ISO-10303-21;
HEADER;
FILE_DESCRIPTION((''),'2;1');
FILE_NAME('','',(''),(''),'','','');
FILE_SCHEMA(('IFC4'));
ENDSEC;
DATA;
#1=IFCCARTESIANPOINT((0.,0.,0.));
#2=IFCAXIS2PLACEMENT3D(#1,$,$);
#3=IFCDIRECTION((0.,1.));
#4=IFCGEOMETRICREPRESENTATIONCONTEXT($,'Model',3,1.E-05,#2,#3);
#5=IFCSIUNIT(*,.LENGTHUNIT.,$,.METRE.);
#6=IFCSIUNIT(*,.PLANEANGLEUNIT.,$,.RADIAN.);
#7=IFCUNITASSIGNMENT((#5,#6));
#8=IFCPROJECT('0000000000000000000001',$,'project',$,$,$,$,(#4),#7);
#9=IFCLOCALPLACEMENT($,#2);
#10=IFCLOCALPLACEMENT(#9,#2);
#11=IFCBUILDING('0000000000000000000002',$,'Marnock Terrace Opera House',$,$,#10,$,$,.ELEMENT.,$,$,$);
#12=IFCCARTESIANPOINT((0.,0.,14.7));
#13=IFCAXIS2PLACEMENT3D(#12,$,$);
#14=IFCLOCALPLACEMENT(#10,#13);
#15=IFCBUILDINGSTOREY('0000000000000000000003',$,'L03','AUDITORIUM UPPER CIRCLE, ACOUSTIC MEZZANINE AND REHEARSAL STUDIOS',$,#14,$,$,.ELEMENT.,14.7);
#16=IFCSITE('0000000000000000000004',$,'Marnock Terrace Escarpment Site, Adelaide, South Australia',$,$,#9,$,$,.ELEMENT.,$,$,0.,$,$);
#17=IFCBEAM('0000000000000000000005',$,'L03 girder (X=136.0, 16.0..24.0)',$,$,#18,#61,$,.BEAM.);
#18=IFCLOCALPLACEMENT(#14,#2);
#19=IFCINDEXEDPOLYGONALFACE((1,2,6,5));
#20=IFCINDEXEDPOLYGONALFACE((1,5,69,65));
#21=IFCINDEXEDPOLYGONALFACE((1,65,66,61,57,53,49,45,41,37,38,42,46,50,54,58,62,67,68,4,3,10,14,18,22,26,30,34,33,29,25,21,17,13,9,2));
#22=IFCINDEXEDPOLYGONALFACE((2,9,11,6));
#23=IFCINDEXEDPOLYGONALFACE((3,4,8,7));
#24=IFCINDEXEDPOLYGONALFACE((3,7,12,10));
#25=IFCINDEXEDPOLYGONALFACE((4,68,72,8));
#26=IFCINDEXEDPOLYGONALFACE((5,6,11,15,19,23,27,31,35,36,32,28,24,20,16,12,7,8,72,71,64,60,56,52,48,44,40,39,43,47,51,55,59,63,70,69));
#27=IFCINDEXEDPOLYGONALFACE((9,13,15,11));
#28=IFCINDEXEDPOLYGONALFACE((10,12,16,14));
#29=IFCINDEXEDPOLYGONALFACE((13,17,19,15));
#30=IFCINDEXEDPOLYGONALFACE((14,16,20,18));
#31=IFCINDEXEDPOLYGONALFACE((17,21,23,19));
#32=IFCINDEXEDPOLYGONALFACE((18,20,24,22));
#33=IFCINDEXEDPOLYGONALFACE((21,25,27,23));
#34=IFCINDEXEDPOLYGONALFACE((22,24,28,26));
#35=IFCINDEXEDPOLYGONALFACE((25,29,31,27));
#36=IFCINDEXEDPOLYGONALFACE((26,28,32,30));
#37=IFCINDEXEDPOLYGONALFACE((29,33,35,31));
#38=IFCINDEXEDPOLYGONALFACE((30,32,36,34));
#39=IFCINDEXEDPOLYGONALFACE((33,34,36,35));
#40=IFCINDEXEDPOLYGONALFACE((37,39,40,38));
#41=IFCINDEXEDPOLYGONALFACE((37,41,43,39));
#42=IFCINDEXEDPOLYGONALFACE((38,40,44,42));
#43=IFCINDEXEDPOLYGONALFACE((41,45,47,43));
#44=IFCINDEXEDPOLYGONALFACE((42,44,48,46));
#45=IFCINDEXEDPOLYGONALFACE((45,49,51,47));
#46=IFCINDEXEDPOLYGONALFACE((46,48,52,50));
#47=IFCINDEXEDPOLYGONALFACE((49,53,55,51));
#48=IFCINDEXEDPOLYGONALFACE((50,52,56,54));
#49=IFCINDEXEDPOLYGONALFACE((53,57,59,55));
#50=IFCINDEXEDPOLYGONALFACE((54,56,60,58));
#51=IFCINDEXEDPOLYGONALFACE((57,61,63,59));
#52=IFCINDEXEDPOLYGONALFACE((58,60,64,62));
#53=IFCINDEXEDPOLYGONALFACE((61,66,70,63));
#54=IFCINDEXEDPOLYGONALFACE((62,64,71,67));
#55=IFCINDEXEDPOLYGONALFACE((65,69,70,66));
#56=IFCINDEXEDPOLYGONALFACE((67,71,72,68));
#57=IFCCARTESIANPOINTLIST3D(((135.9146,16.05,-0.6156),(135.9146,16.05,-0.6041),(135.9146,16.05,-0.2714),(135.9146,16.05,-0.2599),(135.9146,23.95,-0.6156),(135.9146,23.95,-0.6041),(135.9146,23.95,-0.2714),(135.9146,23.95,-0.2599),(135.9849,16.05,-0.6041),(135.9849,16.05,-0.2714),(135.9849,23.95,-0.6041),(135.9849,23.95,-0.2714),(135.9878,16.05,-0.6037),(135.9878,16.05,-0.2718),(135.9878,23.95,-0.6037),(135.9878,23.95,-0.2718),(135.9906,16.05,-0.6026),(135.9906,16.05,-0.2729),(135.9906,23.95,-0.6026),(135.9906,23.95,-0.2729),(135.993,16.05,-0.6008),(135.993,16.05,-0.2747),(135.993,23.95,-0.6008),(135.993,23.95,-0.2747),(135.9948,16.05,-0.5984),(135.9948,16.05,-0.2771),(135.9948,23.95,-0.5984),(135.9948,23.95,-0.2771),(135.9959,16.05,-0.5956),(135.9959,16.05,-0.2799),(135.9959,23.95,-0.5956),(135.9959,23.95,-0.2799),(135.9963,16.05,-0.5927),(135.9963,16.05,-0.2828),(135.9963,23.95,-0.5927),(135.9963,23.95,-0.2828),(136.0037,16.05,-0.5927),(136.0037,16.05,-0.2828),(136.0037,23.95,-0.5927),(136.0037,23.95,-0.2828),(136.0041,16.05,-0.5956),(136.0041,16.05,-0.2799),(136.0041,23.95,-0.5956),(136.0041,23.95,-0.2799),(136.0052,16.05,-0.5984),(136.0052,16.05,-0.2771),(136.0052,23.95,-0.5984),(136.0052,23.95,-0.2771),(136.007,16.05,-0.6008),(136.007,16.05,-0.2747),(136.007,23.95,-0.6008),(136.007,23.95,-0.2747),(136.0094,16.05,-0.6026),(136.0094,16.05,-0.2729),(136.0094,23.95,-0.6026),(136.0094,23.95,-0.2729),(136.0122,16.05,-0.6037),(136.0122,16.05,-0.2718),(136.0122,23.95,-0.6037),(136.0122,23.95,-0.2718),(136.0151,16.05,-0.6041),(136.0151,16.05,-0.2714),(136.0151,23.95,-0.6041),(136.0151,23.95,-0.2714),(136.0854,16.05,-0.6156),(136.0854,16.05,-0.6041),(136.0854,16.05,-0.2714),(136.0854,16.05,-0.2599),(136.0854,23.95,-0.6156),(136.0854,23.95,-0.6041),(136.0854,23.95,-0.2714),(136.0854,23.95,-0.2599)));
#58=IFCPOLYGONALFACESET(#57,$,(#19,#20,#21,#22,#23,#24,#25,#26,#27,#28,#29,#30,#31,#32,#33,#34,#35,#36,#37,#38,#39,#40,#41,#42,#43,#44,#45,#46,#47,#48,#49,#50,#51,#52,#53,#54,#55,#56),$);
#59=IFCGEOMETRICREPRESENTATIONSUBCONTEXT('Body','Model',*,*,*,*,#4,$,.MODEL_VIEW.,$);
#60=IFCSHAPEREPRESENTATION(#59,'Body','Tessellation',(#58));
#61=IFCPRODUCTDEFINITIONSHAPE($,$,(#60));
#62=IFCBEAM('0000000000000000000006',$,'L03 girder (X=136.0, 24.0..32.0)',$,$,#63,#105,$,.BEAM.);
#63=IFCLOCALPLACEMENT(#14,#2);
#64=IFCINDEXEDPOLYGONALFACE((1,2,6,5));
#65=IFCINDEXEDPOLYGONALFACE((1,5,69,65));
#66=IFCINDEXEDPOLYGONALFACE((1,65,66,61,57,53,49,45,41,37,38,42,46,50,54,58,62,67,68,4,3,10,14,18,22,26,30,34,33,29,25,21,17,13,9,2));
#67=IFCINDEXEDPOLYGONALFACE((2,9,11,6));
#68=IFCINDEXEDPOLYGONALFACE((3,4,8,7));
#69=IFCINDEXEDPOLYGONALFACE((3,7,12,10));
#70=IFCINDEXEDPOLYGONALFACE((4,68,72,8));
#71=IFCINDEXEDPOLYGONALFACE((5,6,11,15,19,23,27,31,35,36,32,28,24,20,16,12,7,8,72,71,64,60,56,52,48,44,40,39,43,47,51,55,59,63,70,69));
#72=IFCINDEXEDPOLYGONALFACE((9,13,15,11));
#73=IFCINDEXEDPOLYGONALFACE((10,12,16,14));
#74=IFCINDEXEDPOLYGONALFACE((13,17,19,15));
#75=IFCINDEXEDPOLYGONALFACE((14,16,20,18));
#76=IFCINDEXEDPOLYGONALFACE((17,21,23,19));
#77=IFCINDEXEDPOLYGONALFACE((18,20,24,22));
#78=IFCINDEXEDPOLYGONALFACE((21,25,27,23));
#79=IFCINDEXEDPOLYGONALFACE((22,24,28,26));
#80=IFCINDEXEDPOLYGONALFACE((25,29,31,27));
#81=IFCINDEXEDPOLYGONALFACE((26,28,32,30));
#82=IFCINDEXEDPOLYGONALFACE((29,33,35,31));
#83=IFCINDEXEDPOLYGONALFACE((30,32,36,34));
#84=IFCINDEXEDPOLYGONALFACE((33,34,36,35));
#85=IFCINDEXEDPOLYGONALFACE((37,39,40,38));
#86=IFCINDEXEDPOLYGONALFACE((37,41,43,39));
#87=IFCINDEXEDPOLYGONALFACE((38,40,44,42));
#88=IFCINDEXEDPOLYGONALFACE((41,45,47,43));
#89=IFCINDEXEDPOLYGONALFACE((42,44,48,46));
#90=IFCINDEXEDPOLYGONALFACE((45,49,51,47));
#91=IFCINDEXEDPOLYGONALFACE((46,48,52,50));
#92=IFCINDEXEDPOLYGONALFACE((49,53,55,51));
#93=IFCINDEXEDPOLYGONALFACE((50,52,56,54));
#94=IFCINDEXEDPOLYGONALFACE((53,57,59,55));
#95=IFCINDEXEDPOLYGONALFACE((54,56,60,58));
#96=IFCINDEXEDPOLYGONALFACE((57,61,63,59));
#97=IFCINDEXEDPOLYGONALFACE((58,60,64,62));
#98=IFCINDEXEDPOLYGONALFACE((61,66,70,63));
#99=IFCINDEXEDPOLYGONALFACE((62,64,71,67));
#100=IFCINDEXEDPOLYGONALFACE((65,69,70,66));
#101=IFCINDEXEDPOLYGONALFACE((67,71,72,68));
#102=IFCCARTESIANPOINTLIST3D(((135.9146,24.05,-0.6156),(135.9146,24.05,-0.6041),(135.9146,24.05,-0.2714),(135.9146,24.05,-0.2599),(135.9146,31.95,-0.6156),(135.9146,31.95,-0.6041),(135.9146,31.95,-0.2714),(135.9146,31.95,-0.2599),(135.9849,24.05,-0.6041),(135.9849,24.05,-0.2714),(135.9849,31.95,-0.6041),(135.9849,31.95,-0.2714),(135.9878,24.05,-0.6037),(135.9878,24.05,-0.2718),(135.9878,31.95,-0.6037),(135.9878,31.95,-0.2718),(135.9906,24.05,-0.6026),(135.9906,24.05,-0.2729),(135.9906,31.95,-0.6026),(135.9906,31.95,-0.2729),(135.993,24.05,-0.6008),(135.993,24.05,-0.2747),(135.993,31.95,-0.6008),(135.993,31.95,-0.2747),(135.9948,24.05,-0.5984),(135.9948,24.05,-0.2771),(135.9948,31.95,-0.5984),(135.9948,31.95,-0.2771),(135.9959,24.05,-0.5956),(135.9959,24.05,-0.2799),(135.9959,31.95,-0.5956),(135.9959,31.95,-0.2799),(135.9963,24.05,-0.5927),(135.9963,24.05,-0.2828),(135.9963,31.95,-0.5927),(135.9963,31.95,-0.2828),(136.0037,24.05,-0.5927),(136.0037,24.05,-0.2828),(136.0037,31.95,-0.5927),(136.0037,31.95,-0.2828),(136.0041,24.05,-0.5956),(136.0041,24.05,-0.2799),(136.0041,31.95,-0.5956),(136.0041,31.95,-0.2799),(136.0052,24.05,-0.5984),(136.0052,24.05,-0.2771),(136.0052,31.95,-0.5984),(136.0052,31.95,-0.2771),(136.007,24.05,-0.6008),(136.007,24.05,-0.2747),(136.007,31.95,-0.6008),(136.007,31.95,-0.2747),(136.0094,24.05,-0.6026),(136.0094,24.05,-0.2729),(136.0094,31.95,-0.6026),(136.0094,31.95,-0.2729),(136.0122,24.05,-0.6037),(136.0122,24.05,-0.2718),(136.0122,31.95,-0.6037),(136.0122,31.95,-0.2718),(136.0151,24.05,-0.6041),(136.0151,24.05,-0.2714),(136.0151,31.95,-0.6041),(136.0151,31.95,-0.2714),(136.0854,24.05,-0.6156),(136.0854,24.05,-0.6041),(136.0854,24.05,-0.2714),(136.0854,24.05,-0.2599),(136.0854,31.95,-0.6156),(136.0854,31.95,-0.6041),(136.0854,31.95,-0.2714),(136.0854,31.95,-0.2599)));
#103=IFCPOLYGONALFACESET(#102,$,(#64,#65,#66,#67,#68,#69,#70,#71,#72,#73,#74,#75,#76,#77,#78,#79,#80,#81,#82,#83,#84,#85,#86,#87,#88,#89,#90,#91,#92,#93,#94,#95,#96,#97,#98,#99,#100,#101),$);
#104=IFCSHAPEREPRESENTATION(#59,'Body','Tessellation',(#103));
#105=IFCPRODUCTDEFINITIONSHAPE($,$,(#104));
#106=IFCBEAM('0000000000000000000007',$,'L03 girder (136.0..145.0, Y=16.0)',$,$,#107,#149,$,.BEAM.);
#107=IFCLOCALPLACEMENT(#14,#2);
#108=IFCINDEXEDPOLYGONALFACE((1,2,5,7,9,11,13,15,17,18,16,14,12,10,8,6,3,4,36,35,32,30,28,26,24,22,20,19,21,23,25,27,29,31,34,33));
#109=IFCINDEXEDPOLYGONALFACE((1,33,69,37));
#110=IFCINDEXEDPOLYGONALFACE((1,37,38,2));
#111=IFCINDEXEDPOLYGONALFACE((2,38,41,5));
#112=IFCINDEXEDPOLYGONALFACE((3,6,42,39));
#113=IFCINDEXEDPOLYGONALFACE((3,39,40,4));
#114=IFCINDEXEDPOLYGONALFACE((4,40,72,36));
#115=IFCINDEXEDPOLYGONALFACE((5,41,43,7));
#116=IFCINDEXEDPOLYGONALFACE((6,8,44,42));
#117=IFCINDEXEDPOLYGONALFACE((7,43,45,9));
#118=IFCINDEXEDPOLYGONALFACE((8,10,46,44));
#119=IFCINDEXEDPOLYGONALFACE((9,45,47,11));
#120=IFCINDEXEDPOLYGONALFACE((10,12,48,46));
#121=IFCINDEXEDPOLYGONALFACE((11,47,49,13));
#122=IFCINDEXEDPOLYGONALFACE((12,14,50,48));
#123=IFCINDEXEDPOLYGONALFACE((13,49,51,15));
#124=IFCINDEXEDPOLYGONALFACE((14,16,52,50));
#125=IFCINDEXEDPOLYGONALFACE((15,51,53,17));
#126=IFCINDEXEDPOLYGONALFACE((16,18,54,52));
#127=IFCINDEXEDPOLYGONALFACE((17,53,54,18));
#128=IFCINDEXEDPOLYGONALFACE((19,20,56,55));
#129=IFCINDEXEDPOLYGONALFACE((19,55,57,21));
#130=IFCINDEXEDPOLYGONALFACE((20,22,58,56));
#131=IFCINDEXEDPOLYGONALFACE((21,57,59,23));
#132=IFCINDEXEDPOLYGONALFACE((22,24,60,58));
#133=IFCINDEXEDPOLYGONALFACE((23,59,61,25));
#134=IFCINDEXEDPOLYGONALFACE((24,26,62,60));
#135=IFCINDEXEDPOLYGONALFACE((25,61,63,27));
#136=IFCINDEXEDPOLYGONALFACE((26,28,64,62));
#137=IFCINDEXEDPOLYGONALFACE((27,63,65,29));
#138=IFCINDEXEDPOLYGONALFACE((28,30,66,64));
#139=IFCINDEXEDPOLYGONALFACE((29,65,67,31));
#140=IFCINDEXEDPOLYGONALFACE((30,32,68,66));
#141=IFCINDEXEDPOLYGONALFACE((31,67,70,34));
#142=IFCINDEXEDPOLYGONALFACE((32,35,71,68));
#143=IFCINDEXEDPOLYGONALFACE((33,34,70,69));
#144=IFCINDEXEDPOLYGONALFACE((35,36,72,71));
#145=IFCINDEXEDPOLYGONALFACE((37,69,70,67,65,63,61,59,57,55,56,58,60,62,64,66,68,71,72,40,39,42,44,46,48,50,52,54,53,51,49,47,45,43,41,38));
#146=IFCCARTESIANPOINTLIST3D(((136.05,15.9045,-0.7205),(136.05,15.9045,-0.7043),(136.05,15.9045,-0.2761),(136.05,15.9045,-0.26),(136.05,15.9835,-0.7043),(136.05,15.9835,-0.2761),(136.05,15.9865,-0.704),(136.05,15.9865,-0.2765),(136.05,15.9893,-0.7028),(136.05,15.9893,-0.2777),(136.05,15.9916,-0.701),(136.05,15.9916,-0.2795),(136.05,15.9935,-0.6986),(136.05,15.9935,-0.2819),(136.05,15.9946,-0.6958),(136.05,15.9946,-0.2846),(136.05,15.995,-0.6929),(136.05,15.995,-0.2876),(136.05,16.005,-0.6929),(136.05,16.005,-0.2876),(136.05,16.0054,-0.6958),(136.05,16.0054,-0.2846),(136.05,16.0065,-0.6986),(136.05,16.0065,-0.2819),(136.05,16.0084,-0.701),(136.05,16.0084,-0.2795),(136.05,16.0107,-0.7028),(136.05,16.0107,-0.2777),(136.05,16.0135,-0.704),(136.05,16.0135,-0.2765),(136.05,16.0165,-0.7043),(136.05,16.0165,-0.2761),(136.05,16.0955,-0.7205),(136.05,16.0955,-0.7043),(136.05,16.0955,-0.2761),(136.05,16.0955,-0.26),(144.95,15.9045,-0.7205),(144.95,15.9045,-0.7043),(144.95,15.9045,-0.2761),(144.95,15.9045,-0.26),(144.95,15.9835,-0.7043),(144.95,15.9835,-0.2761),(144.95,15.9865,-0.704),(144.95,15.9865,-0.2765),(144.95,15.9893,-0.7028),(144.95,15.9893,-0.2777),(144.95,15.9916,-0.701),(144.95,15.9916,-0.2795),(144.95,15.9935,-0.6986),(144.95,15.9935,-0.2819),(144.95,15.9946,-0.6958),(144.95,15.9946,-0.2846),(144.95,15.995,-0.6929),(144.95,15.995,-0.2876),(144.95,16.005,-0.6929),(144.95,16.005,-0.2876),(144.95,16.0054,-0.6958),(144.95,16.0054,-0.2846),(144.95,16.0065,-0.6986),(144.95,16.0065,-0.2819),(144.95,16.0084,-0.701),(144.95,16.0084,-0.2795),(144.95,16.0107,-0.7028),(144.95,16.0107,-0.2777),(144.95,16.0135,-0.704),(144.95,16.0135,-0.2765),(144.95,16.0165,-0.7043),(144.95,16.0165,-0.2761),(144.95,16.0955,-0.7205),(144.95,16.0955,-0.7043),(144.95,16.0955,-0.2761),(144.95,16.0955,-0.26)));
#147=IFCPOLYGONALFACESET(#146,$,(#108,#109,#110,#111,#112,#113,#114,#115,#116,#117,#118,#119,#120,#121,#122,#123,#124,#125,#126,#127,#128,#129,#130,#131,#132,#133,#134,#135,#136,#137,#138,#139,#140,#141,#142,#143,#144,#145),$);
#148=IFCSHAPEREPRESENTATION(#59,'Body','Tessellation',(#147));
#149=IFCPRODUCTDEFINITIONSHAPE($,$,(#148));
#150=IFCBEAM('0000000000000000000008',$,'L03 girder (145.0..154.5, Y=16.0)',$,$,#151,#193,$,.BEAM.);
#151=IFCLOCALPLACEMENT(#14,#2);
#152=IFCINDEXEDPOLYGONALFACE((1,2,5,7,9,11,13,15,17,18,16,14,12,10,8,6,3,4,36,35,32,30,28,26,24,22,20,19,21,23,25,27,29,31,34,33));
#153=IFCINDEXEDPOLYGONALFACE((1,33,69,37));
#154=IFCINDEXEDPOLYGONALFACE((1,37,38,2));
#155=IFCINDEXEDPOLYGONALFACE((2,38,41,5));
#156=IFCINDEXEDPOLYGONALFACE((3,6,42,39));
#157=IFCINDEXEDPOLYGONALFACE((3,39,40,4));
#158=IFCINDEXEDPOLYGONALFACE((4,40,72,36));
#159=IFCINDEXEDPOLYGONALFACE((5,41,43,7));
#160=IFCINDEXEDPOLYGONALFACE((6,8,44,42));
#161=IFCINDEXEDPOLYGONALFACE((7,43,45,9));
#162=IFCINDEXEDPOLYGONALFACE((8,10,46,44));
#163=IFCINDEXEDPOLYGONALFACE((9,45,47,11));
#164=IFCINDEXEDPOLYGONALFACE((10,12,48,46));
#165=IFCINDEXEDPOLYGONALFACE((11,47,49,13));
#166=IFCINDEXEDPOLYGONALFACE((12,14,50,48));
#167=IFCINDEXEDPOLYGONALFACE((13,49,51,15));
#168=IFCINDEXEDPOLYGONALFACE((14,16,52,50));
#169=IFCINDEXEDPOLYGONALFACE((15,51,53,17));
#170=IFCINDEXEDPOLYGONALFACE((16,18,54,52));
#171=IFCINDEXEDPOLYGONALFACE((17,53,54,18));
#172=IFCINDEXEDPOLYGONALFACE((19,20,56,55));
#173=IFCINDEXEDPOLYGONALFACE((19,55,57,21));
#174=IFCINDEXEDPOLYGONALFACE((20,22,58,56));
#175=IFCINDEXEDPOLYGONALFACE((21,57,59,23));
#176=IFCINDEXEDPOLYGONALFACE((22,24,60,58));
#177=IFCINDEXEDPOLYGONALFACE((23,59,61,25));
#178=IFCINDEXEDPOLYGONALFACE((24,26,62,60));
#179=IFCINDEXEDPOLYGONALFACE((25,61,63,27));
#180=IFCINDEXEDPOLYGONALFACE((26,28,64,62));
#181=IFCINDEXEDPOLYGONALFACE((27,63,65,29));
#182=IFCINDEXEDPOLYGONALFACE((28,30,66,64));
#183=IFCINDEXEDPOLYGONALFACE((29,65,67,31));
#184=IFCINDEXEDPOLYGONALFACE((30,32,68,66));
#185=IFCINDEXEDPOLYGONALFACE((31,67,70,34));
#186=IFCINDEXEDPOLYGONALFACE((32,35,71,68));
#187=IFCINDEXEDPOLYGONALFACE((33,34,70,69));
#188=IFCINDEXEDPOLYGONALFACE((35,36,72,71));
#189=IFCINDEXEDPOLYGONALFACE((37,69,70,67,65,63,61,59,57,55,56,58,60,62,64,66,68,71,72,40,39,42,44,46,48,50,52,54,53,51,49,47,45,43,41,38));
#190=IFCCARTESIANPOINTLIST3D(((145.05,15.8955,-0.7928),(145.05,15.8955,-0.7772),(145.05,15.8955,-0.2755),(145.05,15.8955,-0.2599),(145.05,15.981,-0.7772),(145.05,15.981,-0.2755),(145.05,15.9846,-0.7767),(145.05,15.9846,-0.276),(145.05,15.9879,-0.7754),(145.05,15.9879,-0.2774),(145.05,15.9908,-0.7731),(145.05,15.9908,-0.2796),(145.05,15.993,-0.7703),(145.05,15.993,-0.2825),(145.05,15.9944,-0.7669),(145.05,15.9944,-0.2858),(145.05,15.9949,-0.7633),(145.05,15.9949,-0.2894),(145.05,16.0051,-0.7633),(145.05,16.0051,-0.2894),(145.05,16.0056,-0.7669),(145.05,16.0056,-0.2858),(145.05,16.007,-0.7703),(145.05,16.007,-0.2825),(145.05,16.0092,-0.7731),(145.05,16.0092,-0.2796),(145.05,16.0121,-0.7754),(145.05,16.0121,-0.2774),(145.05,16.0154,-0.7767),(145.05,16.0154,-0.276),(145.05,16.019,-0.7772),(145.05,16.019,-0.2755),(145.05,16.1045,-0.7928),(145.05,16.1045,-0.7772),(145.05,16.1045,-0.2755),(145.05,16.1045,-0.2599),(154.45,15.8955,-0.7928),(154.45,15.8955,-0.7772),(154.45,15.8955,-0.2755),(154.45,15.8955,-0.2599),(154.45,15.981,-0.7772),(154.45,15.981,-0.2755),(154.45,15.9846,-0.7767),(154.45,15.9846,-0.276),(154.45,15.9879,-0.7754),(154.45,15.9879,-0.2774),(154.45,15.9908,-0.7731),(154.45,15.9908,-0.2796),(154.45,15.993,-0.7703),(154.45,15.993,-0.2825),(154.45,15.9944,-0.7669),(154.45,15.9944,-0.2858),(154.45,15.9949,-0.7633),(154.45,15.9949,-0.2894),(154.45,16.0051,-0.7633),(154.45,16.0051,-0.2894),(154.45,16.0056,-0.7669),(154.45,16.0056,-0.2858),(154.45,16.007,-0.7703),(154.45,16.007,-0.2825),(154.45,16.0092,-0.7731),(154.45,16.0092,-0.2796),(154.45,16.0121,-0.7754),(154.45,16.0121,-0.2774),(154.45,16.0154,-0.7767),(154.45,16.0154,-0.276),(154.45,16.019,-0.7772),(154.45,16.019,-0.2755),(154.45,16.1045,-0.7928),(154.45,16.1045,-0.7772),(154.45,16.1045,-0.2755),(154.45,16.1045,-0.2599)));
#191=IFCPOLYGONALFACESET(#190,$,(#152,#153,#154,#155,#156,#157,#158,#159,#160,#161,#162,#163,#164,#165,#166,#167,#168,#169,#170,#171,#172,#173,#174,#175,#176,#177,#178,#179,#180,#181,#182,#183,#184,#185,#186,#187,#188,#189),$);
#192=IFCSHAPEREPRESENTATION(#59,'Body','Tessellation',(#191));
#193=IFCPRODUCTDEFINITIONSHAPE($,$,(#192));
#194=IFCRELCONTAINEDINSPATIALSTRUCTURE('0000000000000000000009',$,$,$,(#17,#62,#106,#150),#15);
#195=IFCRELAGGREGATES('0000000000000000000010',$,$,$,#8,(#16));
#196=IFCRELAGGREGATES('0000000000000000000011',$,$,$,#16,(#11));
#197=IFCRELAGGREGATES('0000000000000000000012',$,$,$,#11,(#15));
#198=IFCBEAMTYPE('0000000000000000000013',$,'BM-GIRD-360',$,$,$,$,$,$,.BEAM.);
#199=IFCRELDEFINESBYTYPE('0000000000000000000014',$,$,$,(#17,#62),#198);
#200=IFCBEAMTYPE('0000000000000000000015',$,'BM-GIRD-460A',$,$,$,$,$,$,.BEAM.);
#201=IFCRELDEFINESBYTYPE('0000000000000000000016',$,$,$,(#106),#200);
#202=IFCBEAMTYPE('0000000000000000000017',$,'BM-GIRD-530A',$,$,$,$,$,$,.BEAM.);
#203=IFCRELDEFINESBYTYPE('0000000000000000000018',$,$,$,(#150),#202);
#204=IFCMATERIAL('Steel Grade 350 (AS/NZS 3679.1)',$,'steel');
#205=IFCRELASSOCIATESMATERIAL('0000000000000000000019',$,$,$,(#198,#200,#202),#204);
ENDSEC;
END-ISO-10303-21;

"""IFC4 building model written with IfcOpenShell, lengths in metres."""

from ifc_helpers import new_model, si_unit, direction, frame, origin, origin_2d, place, context, subcontext, project, spatial, i_section, extrude, material, material_profile, profile_set, type_object, element, save


model = new_model("IFC4")

# Units and contexts
model_context = context("Model", 3, precision=1e-05, world=origin(), true_north=direction((0.0, 1.0)))
body_context = subcontext(model_context, "Body", "Model", "MODEL_VIEW")
ifc_project = project(units=[si_unit("LENGTHUNIT", "METRE"), si_unit("PLANEANGLEUNIT", "RADIAN")], contexts=[model_context])

# Site, building, storey
site_placement = place(None, origin())
site = spatial("IfcSite", under=ifc_project, at=site_placement, Name="Marnock Terrace Escarpment Site, Adelaide, South Australia", CompositionType="ELEMENT", RefElevation=0.0)
building_placement = place(site_placement, origin())
building = spatial("IfcBuilding", under=site, at=building_placement, Name="Marnock Terrace Opera House", CompositionType="ELEMENT")
storey_placement = place(building_placement, frame((0.0, 0.0, 14.7)))
storey = spatial("IfcBuildingStorey", under=building, at=storey_placement, Name="L03", Description="AUDITORIUM UPPER CIRCLE, ACOUSTIC MEZZANINE AND REHEARSAL STUDIOS", CompositionType="ELEMENT", Elevation=14.7)

# Beams
ifc_material_1 = material(Name="Steel Grade 350 (AS/NZS 3679.1)", Category="steel")
ifc_material_profile_1 = material_profile(ifc_material_1, i_section(OverallWidth=0.1709, OverallDepth=0.3557, WebThickness=0.0073, FlangeThickness=0.0115, FilletRadius=0.0115, at=origin_2d()))
ifc_profile_set_1 = profile_set([ifc_material_profile_1], Name="Steel Grade 350 (AS/NZS 3679.1)")
beam_type_1 = type_object("IfcBeamType", Name="BM-GIRD-360", PredefinedType="BEAM", material=ifc_profile_set_1)
for number, where, z_axis, x_axis, name in (
    (1, (136.0, 16.05, -0.4377), (0.0, 1.0, 0.0), (-1.0, 0.0, 0.0), "L03 girder (X=136.0, 16.0..24.0)"),
    (2, (136.0, 24.05, -0.4377), (0.0, 1.0, 0.0), (-1.0, 0.0, 0.0), "L03 girder (X=136.0, 24.0..32.0)"),
):
    element("IfcBeam", number, at=place(storey_placement, frame(where, z_axis=z_axis, x_axis=x_axis)), inside=storey, type_object=beam_type_1, Name=name, PredefinedType="BEAM", context=body_context, shape_type="SweptSolid", body=[
        extrude(i_section(OverallWidth=0.1709, OverallDepth=0.3557, WebThickness=0.0073, FlangeThickness=0.0115, FilletRadius=0.0115, at=origin_2d()), origin(), (0.0, 0.0, 1.0), 7.8999),
    ])
ifc_material_profile_2 = material_profile(ifc_material_1, i_section(OverallWidth=0.1909, OverallDepth=0.4604, WebThickness=0.01, FlangeThickness=0.0161, FilletRadius=0.0115, at=origin_2d()))
ifc_profile_set_2 = profile_set([ifc_material_profile_2], Name="Steel Grade 350 (AS/NZS 3679.1)")
beam_type_2 = type_object("IfcBeamType", Name="BM-GIRD-460A", PredefinedType="BEAM", material=ifc_profile_set_2)
beam_1_placement = place(storey_placement, frame((136.05, 16.0, -0.4902), z_axis=(1.0, 0.0, 0.0), x_axis=(0.0, 1.0, 0.0)))
element("IfcBeam", 3, at=beam_1_placement, inside=storey, type_object=beam_type_2, Name="L03 girder (136.0..145.0, Y=16.0)", PredefinedType="BEAM", context=body_context, shape_type="SweptSolid", body=[
    extrude(i_section(OverallWidth=0.1909, OverallDepth=0.4604, WebThickness=0.01, FlangeThickness=0.0161, FilletRadius=0.0115, at=origin_2d()), origin(), (0.0, 0.0, 1.0), 8.8999),
])
ifc_material_profile_3 = material_profile(ifc_material_1, i_section(OverallWidth=0.209, OverallDepth=0.533, WebThickness=0.0103, FlangeThickness=0.0156, FilletRadius=0.0139, at=origin_2d()))
ifc_profile_set_3 = profile_set([ifc_material_profile_3], Name="Steel Grade 350 (AS/NZS 3679.1)")
beam_type_3 = type_object("IfcBeamType", Name="BM-GIRD-530A", PredefinedType="BEAM", material=ifc_profile_set_3)
beam_2_placement = place(storey_placement, frame((145.05, 16.0, -0.5264), z_axis=(1.0, 0.0, 0.0), x_axis=(0.0, 1.0, 0.0)))
element("IfcBeam", 4, at=beam_2_placement, inside=storey, type_object=beam_type_3, Name="L03 girder (145.0..154.5, Y=16.0)", PredefinedType="BEAM", context=body_context, shape_type="SweptSolid", body=[
    extrude(i_section(OverallWidth=0.209, OverallDepth=0.533, WebThickness=0.0103, FlangeThickness=0.0156, FilletRadius=0.0139, at=origin_2d()), origin(), (0.0, 0.0, 1.0), 9.3999),
])

save(model, "model.ifc")
